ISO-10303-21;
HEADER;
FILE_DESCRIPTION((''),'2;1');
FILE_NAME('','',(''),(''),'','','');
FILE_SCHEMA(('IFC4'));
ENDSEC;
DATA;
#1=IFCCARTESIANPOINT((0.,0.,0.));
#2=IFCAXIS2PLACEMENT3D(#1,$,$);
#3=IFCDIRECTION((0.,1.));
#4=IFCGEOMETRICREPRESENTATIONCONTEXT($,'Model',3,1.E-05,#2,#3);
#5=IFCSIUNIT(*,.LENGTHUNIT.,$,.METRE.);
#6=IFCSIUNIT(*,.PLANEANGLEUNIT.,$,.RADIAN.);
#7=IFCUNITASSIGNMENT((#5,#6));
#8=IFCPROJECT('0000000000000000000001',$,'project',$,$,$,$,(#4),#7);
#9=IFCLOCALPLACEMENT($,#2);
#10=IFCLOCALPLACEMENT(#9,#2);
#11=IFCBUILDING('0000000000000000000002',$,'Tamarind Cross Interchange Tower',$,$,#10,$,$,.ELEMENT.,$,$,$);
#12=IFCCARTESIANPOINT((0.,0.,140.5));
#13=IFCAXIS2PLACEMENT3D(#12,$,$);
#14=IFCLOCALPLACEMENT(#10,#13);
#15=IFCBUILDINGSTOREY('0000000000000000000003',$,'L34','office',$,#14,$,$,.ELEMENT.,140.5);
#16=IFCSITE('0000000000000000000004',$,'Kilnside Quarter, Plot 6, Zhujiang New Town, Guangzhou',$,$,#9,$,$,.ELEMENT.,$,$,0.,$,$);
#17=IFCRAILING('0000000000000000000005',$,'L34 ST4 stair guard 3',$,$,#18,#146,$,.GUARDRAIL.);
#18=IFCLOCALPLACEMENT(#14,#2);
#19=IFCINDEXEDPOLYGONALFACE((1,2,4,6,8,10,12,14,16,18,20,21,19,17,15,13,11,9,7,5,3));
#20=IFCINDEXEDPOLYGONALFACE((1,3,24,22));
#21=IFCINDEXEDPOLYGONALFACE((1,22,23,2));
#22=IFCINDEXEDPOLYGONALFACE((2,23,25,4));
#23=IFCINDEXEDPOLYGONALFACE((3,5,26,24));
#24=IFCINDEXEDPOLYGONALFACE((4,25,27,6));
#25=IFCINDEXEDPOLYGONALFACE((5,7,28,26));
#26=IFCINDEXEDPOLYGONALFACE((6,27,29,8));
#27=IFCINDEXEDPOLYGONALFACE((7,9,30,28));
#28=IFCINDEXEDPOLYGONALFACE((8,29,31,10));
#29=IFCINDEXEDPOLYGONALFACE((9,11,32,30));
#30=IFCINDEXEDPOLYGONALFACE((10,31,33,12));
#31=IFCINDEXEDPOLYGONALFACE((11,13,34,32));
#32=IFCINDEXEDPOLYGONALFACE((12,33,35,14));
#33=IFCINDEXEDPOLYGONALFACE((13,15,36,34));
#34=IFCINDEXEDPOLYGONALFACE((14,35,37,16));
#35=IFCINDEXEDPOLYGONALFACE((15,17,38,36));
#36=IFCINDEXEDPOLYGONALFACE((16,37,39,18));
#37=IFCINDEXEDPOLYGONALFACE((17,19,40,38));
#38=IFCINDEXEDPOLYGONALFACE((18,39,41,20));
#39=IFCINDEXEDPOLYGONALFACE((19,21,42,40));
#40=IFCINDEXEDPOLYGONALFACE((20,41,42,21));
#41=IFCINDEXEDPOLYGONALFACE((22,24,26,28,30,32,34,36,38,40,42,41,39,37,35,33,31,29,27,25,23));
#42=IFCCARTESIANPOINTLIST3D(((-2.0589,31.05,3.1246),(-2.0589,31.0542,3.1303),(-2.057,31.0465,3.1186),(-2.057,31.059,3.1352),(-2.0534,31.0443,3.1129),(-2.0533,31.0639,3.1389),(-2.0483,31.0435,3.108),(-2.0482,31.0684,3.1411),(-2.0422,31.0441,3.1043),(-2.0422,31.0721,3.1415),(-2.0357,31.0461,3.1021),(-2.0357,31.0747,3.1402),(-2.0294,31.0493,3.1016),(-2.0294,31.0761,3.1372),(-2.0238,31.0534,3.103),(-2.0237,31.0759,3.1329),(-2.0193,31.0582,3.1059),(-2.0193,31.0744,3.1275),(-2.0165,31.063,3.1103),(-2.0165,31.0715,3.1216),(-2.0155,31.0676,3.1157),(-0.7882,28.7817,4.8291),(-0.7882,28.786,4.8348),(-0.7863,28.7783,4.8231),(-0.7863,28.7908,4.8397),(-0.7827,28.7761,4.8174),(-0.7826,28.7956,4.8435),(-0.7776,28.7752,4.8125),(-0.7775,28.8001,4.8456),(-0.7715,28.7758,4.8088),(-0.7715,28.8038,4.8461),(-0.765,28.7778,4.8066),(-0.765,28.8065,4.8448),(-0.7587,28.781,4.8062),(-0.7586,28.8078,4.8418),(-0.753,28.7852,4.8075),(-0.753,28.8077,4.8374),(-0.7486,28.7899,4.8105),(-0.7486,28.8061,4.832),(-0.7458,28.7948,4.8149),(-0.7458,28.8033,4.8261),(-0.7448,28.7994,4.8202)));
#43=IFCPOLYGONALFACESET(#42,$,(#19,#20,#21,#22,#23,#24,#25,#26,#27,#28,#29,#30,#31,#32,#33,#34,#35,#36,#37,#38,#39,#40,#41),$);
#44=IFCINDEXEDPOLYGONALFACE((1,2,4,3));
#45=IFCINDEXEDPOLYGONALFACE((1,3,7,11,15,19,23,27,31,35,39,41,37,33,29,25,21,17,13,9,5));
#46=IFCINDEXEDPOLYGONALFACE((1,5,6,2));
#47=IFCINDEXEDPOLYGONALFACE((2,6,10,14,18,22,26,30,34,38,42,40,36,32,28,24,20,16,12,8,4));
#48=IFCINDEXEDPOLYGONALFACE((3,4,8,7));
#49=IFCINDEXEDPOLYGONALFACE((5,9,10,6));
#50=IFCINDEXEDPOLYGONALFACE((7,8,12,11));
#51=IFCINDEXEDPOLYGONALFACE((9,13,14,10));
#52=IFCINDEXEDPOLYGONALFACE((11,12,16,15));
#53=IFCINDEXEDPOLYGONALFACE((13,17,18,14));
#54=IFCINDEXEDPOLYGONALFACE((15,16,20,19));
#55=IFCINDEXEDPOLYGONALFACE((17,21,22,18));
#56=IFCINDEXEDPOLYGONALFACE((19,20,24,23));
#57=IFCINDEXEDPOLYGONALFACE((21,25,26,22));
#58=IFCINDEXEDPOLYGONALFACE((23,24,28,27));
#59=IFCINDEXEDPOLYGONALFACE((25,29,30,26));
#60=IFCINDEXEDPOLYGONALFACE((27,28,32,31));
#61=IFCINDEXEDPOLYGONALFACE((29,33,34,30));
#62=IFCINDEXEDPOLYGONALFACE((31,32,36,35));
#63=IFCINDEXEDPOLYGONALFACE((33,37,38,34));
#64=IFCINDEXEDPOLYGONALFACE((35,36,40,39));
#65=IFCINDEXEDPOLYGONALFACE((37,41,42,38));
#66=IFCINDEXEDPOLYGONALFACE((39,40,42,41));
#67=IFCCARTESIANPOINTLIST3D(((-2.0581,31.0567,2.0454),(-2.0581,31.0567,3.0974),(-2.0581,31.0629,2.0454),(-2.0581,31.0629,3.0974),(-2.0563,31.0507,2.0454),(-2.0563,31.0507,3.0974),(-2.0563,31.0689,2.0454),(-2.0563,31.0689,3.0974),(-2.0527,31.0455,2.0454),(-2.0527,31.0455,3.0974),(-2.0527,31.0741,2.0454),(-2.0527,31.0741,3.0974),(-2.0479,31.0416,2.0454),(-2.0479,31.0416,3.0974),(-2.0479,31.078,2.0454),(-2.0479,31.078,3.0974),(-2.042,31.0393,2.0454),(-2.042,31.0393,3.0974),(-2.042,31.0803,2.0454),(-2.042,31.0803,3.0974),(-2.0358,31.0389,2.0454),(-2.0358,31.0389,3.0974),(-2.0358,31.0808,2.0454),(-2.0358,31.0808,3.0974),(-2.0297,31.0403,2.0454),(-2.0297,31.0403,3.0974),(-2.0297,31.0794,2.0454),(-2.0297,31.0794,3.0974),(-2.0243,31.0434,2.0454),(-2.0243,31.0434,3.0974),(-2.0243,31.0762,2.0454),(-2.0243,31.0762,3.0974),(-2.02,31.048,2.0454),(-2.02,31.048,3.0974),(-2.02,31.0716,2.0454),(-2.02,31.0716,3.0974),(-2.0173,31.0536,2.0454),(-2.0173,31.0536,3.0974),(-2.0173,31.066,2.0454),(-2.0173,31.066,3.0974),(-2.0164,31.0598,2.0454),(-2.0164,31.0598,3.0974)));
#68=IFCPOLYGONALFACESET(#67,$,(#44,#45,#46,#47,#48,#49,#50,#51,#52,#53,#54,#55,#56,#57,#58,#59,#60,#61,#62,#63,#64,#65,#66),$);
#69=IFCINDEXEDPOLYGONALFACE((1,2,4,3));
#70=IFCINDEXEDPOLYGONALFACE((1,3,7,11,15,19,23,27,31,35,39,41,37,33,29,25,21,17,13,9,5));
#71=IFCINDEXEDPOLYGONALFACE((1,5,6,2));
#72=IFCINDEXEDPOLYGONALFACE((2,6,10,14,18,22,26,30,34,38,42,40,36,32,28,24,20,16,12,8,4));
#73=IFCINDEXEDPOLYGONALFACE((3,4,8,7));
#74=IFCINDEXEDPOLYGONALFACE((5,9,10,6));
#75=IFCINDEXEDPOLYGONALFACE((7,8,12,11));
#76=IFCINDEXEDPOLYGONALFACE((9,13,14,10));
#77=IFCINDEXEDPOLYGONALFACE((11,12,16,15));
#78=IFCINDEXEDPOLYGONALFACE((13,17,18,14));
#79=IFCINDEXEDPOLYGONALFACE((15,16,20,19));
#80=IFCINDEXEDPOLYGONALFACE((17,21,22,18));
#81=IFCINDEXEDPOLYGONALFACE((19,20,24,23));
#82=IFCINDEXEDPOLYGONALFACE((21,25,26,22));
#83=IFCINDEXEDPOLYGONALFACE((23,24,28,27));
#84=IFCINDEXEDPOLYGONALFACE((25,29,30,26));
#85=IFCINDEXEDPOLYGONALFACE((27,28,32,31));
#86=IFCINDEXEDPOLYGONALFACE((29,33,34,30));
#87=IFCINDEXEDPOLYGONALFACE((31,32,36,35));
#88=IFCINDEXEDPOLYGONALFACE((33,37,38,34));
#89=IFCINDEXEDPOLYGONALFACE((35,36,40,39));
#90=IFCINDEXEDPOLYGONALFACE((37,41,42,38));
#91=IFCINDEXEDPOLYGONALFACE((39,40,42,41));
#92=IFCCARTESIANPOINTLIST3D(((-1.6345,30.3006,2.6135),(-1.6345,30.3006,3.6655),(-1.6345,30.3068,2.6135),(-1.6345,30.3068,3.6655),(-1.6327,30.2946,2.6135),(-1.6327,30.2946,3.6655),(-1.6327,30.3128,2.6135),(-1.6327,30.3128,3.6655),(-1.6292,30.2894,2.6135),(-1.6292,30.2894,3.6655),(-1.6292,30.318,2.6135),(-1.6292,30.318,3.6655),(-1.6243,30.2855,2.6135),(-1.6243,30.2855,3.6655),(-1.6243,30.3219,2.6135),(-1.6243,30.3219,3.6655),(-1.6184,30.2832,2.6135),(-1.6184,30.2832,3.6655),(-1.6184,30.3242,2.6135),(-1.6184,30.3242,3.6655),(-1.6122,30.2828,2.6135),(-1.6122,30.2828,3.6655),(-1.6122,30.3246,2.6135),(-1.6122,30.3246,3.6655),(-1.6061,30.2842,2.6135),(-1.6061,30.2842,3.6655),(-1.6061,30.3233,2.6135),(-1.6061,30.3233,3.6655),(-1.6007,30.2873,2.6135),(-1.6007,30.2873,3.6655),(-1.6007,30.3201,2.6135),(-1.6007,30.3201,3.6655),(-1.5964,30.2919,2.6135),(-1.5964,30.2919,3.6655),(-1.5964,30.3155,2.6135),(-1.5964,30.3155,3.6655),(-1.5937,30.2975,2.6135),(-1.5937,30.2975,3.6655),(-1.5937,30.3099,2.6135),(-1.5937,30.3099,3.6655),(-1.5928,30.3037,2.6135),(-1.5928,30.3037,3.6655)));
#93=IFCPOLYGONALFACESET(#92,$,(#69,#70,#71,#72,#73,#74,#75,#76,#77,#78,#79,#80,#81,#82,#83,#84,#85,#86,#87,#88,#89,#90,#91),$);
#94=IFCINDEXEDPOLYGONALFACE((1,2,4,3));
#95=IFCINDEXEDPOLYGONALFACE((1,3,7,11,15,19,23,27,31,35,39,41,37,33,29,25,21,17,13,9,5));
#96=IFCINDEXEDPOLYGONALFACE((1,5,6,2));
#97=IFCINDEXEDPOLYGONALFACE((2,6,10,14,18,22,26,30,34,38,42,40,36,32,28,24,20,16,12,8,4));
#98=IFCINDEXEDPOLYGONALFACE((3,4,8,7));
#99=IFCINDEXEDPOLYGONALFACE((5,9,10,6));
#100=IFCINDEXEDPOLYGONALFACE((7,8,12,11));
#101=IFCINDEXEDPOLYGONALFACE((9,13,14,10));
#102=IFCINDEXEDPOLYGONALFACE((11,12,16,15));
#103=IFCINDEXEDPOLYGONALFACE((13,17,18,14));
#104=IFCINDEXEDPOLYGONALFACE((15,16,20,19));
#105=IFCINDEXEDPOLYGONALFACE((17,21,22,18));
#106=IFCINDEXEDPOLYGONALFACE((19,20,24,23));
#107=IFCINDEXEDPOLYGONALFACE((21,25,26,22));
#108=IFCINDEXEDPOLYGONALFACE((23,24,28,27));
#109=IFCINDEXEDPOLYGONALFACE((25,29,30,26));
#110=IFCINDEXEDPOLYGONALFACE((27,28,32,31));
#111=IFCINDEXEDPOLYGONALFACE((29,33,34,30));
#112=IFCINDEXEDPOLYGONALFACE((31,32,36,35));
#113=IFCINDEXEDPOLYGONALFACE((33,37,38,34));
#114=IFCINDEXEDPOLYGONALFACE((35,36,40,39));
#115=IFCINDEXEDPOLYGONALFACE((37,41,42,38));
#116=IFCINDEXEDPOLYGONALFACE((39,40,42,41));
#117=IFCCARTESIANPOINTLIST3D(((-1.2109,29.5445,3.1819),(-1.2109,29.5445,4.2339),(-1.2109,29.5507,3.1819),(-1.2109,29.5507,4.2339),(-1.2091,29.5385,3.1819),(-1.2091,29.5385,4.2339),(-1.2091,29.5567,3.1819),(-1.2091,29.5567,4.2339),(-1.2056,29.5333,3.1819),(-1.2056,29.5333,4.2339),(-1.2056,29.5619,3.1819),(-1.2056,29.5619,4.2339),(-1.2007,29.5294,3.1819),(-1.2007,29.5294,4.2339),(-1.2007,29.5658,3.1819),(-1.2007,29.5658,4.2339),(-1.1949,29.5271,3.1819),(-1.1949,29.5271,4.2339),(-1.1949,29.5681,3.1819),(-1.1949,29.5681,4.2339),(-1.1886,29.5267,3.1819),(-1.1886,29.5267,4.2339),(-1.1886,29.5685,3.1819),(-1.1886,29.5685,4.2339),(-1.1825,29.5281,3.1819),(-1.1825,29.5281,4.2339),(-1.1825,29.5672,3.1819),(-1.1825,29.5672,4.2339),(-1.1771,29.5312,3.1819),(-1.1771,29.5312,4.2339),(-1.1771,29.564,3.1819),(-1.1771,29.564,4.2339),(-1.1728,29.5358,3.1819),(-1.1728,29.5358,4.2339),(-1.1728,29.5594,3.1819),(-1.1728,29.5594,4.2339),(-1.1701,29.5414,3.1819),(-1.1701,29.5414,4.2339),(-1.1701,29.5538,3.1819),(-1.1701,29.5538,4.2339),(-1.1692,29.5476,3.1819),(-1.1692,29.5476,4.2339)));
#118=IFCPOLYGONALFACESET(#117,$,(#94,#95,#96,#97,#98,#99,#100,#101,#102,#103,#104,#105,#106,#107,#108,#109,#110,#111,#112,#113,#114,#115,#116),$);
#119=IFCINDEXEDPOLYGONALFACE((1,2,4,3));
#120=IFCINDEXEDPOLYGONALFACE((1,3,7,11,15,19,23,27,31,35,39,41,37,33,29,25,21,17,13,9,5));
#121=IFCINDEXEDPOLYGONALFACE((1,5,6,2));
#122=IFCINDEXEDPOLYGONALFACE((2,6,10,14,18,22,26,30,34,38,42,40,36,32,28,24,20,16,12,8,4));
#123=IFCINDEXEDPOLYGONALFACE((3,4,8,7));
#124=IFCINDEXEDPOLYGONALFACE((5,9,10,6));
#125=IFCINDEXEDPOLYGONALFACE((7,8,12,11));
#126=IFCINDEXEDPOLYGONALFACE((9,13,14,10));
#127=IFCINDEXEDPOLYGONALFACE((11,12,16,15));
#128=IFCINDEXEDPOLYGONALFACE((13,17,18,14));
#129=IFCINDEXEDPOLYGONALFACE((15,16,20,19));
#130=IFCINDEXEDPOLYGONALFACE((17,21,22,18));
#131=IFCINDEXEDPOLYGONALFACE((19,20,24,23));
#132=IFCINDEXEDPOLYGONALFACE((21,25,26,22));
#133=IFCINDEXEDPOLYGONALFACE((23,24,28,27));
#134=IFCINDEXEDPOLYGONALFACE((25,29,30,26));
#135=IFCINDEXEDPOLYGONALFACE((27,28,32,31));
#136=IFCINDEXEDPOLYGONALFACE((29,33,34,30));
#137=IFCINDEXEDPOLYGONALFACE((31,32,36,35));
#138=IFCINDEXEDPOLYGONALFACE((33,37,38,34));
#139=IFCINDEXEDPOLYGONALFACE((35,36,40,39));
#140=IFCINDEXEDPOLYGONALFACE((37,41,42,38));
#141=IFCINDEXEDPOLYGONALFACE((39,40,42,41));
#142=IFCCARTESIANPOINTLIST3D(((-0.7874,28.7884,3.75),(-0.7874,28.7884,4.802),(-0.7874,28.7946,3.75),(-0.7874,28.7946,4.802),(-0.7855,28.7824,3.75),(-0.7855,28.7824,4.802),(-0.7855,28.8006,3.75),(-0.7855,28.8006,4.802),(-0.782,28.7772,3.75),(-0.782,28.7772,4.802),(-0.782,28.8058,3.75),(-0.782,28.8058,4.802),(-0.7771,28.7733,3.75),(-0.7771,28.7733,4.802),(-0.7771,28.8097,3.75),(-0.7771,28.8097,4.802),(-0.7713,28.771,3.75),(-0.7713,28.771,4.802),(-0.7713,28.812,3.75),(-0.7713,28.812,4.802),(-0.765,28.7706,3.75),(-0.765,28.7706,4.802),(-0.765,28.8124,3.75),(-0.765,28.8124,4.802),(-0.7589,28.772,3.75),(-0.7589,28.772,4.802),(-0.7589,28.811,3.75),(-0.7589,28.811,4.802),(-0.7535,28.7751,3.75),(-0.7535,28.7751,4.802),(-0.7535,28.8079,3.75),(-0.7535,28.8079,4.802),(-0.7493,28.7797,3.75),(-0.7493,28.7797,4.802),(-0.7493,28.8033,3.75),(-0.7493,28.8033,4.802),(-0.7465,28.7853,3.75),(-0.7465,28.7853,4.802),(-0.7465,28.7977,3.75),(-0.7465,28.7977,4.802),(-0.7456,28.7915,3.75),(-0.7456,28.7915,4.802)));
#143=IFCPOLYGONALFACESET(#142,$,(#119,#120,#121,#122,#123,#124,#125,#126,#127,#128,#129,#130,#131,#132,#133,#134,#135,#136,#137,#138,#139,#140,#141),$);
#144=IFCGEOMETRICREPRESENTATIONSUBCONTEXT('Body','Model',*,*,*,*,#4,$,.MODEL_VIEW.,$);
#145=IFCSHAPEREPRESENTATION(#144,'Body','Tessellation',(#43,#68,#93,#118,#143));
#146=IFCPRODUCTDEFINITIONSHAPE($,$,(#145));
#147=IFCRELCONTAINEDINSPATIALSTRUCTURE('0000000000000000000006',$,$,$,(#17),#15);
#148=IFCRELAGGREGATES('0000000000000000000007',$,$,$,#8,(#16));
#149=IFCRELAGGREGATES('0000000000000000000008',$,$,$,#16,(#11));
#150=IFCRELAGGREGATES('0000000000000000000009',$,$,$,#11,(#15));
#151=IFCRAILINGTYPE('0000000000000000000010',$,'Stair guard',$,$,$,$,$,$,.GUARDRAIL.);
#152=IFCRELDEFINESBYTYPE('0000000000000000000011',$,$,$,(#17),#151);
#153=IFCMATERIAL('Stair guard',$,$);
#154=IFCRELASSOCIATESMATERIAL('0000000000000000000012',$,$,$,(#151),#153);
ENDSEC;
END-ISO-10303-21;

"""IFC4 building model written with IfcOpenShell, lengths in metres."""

from ifc_helpers import new_model, si_unit, direction, frame, origin, origin_2d, place, context, subcontext, project, spatial, circle, extrude, material, type_object, element, save


model = new_model("IFC4")

# Units and contexts
model_context = context("Model", 3, precision=1e-05, world=origin(), true_north=direction((0.0, 1.0)))
body_context = subcontext(model_context, "Body", "Model", "MODEL_VIEW")
ifc_project = project(units=[si_unit("LENGTHUNIT", "METRE"), si_unit("PLANEANGLEUNIT", "RADIAN")], contexts=[model_context])

# Site, building, storey
site_placement = place(None, origin())
site = spatial("IfcSite", under=ifc_project, at=site_placement, Name="Kilnside Quarter, Plot 6, Zhujiang New Town, Guangzhou", CompositionType="ELEMENT", RefElevation=0.0)
building_placement = place(site_placement, origin())
building = spatial("IfcBuilding", under=site, at=building_placement, Name="Tamarind Cross Interchange Tower", CompositionType="ELEMENT")
storey_placement = place(building_placement, frame((0.0, 0.0, 140.5)))
storey = spatial("IfcBuildingStorey", under=building, at=storey_placement, Name="L34", Description="office", CompositionType="ELEMENT", Elevation=140.5)

# Railing
ifc_material_1 = material(Name="Stair guard")
railing_type_1 = type_object("IfcRailingType", Name="Stair guard", PredefinedType="GUARDRAIL", material=ifc_material_1)
railing_1_placement = place(storey_placement, frame((-2.0374, 31.0598, 2.0454)))
element("IfcRailing", 1, at=railing_1_placement, inside=storey, type_object=railing_type_1, Name="L34 ST4 stair guard 3", PredefinedType="GUARDRAIL", context=body_context, shape_type="SweptSolid", body=[
    extrude(circle(Radius=0.0239, at=origin_2d()), frame((0.0, 0.0, 1.0762), z_axis=(0.408738, -0.729603, 0.548282), x_axis=(0.872424, 0.488749, 0.0)), (0.0, 0.0, 1.0), 3.1089),
    extrude(circle(Radius=0.021, at=origin_2d()), origin(), (0.0, 0.0, 1.0), 1.052),
    extrude(circle(Radius=0.021, at=origin_2d()), frame((0.4236, -0.7561, 0.5681)), (0.0, 0.0, 1.0), 1.052),
    extrude(circle(Radius=0.021, at=origin_2d()), frame((0.8472, -1.5122, 1.1365)), (0.0, 0.0, 1.0), 1.052),
    extrude(circle(Radius=0.021, at=origin_2d()), frame((1.2708, -2.2683, 1.7046)), (0.0, 0.0, 1.0), 1.052),
])

save(model, "model.ifc")
